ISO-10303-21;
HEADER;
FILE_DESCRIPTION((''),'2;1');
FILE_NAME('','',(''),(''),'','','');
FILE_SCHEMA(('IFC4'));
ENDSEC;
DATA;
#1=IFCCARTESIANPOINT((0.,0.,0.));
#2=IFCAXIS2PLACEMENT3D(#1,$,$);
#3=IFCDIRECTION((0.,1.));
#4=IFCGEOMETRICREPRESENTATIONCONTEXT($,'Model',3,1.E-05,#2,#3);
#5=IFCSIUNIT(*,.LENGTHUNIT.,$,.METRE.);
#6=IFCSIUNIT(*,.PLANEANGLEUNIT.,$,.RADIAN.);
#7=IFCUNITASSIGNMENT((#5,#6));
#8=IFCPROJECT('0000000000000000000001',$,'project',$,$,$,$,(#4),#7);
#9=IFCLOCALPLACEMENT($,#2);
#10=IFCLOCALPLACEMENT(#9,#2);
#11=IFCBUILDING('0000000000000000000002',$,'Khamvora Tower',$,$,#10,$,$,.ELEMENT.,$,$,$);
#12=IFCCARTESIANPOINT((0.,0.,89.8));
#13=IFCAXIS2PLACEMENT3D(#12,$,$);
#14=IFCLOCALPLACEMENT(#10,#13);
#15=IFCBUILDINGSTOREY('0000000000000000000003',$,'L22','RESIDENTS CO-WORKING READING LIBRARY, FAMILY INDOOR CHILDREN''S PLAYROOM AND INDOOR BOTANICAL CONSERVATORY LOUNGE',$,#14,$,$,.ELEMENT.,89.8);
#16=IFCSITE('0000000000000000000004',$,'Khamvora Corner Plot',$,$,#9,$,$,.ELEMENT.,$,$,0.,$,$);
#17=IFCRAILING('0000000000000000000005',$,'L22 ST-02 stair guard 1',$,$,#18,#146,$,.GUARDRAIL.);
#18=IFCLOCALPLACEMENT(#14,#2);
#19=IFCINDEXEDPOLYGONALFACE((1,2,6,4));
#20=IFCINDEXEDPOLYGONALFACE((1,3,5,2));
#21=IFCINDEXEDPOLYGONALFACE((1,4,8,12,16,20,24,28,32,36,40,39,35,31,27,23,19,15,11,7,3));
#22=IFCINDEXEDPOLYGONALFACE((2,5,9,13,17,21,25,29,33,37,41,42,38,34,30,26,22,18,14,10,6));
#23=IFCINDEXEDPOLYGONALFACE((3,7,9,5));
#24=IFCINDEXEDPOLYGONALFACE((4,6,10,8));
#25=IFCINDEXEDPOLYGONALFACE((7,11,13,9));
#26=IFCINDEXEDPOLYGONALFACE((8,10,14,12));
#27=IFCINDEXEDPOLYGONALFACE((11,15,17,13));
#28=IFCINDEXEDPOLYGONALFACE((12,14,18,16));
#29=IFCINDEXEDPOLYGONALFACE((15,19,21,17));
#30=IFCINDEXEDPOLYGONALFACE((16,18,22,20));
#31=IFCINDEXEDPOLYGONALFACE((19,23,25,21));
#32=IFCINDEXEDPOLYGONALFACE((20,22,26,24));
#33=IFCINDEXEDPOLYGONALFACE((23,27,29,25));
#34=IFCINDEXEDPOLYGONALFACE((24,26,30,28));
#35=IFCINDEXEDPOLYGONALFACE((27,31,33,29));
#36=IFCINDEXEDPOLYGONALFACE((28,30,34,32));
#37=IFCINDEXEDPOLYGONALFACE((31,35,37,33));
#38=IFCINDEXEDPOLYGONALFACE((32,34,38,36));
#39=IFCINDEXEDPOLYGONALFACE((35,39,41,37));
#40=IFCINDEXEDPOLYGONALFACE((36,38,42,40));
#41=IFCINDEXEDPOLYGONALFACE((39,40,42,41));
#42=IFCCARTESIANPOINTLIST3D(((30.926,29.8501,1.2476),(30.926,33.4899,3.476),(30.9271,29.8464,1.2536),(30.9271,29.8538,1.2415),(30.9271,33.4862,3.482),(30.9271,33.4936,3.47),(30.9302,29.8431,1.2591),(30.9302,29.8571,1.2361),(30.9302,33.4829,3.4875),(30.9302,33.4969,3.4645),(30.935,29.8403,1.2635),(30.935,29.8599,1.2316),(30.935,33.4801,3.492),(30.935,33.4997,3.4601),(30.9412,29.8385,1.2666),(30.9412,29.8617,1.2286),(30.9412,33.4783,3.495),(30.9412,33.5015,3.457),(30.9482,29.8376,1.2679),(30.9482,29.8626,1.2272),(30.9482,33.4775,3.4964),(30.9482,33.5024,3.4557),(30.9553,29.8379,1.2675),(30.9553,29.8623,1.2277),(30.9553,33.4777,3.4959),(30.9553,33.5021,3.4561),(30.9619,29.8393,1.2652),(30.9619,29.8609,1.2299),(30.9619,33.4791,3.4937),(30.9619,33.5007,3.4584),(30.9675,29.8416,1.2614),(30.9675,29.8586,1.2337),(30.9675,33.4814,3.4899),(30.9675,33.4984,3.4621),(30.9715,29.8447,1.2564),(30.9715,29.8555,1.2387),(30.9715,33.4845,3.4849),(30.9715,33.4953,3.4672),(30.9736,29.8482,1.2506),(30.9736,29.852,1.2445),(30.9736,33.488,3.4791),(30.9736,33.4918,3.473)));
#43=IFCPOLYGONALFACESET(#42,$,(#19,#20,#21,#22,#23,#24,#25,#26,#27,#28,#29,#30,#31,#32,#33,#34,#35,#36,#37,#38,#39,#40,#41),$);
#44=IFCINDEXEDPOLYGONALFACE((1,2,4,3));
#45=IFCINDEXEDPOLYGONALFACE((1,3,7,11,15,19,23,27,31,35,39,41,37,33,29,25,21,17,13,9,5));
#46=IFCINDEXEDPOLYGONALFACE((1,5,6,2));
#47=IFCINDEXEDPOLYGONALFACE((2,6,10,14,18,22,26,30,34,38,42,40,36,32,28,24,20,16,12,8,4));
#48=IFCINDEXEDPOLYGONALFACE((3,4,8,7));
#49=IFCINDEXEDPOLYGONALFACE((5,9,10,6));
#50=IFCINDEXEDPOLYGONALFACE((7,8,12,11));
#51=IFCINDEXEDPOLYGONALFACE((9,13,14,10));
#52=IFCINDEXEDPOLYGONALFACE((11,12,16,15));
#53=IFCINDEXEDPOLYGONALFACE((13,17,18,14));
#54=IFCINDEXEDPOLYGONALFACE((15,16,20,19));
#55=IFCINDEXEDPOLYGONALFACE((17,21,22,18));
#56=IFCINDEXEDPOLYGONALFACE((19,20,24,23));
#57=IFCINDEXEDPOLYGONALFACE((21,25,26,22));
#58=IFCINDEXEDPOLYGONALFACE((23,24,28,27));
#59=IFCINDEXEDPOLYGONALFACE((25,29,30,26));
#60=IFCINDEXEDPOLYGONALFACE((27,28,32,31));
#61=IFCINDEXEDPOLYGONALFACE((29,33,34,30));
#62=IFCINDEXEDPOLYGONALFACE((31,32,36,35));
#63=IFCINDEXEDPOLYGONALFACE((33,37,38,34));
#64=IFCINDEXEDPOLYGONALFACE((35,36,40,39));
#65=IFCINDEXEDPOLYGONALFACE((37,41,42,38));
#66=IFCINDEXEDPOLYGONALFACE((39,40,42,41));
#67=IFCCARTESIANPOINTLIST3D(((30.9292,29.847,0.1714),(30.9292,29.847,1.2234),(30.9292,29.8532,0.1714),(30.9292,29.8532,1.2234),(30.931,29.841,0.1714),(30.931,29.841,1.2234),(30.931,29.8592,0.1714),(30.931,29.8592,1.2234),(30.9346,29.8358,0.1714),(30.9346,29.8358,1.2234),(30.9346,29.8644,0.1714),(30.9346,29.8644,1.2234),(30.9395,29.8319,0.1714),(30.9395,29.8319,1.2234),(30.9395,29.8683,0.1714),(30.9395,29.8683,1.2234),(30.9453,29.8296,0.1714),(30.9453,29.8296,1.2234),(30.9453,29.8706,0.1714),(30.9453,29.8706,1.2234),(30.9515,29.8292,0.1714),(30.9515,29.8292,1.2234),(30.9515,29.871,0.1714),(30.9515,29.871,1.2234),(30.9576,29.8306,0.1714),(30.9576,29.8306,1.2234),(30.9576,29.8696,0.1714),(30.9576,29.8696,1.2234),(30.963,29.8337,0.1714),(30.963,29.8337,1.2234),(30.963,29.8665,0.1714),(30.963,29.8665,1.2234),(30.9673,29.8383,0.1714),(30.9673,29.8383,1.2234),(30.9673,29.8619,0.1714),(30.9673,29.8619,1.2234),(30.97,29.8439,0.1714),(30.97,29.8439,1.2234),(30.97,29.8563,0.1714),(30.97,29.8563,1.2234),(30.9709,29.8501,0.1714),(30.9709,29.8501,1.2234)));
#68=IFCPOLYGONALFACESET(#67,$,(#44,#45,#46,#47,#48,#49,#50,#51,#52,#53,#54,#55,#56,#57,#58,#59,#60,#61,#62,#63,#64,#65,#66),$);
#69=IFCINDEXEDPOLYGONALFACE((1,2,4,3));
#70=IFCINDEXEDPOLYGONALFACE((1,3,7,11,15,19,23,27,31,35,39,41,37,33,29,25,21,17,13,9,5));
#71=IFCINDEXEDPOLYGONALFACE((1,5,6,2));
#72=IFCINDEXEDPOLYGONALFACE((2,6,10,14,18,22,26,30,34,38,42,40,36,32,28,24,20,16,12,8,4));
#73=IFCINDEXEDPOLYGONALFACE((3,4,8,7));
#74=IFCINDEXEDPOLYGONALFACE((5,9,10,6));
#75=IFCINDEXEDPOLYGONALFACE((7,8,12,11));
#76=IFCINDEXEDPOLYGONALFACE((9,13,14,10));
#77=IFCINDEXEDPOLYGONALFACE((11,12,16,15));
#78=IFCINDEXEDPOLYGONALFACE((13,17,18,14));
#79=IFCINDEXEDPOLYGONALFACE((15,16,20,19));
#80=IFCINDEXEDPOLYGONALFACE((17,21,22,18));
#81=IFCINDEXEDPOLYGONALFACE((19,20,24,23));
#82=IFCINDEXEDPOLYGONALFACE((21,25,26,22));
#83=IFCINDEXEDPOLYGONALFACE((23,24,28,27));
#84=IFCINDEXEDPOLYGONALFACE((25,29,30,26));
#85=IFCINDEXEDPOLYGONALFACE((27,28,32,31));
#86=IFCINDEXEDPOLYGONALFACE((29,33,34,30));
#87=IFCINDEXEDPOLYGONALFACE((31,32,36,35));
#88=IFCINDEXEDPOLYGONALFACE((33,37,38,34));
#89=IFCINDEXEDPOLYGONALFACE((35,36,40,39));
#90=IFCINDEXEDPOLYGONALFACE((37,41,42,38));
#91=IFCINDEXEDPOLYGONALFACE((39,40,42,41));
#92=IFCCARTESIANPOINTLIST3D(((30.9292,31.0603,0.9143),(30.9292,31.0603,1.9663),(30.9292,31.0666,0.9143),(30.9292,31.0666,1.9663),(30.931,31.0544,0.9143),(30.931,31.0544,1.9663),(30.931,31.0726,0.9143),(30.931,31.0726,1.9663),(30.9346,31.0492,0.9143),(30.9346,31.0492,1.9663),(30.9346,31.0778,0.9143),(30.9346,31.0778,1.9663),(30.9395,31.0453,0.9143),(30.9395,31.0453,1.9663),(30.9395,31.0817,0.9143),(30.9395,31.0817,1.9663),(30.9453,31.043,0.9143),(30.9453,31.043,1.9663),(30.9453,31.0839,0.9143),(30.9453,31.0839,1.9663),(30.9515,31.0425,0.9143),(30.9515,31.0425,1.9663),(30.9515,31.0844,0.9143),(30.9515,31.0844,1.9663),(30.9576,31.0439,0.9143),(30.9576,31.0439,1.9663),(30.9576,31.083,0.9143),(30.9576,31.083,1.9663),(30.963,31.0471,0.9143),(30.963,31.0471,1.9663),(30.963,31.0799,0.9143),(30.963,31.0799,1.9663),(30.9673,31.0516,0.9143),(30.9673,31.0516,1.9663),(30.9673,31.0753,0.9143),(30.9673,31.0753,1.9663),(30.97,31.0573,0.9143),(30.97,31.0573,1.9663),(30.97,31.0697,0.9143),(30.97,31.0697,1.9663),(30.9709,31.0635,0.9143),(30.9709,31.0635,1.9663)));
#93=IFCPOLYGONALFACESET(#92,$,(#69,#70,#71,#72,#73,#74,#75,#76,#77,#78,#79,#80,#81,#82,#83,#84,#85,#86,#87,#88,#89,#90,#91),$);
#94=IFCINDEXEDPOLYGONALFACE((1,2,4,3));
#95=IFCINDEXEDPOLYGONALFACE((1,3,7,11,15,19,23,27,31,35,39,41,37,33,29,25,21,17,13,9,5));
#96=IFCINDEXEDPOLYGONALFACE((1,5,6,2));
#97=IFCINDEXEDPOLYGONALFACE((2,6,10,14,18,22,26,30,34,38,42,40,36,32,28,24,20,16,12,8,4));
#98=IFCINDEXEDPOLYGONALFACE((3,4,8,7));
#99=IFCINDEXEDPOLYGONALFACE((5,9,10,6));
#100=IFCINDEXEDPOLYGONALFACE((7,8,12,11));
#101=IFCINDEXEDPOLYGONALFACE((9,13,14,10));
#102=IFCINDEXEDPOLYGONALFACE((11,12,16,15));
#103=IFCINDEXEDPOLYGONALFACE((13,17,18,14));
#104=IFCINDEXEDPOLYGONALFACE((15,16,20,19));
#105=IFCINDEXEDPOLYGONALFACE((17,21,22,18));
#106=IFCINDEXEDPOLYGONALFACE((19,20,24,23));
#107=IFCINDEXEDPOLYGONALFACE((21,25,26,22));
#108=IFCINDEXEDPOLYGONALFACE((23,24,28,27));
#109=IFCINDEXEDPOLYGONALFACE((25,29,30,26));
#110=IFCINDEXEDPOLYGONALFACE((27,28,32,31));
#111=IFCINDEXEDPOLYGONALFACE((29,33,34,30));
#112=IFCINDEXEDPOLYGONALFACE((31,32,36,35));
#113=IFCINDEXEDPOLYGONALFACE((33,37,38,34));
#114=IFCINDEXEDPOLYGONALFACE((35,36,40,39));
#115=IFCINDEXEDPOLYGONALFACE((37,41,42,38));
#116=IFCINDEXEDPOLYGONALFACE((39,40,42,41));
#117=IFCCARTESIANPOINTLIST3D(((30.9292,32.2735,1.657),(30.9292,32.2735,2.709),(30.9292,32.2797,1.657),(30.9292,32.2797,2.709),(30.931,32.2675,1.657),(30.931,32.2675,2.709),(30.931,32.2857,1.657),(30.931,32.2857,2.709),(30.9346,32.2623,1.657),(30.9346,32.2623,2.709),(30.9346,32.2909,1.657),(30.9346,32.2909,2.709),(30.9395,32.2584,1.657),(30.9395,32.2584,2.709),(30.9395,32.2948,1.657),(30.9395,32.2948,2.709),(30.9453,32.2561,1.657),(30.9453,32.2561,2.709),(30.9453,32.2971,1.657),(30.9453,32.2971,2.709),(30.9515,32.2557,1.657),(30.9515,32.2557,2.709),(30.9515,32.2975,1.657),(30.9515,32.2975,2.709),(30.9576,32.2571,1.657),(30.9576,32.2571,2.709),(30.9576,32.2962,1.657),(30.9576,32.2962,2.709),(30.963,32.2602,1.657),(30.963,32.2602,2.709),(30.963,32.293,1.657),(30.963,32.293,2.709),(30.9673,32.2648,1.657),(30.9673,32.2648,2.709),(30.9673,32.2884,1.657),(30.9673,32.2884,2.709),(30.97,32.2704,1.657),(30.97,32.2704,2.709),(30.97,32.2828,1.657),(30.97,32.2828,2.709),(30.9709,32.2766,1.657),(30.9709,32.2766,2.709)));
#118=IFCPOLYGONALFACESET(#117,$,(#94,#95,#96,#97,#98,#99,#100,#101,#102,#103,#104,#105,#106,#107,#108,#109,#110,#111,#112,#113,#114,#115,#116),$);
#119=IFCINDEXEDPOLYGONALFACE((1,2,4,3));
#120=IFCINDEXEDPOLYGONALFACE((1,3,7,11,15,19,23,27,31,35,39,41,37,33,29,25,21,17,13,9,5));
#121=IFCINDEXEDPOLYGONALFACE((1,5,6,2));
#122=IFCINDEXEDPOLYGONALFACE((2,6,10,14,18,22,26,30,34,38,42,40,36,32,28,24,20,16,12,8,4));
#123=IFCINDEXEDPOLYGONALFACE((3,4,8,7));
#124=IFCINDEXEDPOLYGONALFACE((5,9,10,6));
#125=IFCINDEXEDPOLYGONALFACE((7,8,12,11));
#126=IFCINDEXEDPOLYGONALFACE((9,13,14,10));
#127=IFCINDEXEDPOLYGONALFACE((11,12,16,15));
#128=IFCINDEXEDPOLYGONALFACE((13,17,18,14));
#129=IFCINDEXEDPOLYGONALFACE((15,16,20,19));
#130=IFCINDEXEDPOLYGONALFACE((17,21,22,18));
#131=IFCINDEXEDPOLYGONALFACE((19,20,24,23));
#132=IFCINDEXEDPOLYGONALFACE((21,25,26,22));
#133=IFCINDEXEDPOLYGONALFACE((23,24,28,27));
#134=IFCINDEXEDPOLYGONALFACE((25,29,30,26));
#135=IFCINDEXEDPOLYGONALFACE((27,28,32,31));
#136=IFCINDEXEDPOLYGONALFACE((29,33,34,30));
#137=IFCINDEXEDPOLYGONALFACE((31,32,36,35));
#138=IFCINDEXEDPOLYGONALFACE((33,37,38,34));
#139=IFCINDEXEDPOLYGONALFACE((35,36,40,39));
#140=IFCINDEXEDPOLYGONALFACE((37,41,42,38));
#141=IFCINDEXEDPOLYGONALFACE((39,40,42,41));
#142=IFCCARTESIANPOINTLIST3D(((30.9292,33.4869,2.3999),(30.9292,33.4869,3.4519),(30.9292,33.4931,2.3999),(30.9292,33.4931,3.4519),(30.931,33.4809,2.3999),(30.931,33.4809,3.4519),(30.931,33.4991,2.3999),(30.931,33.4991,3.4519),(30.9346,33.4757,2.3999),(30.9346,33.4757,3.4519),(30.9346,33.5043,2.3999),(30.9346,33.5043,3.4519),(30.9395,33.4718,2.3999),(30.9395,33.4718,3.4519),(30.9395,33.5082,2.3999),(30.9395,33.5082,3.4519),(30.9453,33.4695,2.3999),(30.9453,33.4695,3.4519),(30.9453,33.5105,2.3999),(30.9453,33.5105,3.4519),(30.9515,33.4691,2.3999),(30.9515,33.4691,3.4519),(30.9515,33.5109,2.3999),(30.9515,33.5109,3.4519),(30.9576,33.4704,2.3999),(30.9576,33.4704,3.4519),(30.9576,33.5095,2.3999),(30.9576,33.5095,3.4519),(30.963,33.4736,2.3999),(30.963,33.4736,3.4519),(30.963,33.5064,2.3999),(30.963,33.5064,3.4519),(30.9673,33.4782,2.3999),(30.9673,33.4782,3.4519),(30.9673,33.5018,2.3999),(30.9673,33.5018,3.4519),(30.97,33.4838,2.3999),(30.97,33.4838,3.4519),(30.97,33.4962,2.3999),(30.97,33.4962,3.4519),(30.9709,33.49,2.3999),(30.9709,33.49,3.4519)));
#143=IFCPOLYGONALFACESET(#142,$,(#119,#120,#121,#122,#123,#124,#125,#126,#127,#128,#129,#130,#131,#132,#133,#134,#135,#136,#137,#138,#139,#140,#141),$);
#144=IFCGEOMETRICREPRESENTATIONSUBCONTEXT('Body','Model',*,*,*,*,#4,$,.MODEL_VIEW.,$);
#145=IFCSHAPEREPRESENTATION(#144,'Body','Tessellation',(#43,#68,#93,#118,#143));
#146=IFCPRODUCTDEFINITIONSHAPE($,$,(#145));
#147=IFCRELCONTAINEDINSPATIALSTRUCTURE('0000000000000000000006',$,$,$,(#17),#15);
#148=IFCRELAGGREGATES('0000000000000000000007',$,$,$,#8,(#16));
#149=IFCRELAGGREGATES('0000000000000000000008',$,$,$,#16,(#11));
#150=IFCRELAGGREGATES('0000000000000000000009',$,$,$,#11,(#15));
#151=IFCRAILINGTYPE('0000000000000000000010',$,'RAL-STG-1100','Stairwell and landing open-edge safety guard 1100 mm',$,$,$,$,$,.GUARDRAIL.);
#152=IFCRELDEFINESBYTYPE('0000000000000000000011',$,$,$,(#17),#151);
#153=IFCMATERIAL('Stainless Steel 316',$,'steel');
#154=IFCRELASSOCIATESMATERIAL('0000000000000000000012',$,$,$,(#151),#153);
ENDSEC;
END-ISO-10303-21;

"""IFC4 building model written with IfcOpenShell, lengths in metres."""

from ifc_helpers import new_model, si_unit, direction, frame, origin, origin_2d, place, context, subcontext, project, spatial, circle, extrude, material, type_object, element, save


model = new_model("IFC4")

# Units and contexts
model_context = context("Model", 3, precision=1e-05, world=origin(), true_north=direction((0.0, 1.0)))
body_context = subcontext(model_context, "Body", "Model", "MODEL_VIEW")
ifc_project = project(units=[si_unit("LENGTHUNIT", "METRE"), si_unit("PLANEANGLEUNIT", "RADIAN")], contexts=[model_context])

# Site, building, storey
site_placement = place(None, origin())
site = spatial("IfcSite", under=ifc_project, at=site_placement, Name="Khamvora Corner Plot", CompositionType="ELEMENT", RefElevation=0.0)
building_placement = place(site_placement, origin())
building = spatial("IfcBuilding", under=site, at=building_placement, Name="Khamvora Tower", CompositionType="ELEMENT")
storey_placement = place(building_placement, frame((0.0, 0.0, 89.8)))
storey = spatial("IfcBuildingStorey", under=building, at=storey_placement, Name="L22", Description="RESIDENTS CO-WORKING READING LIBRARY, FAMILY INDOOR CHILDREN'S PLAYROOM AND INDOOR BOTANICAL CONSERVATORY LOUNGE", CompositionType="ELEMENT", Elevation=89.8)

# Railing
ifc_material_1 = material(Name="Stainless Steel 316", Category="steel")
railing_type_1 = type_object("IfcRailingType", Name="RAL-STG-1100", Description="Stairwell and landing open-edge safety guard 1100 mm", PredefinedType="GUARDRAIL", material=ifc_material_1)
railing_1_placement = place(storey_placement, frame((30.95, 29.8501, 0.1714)))
element("IfcRailing", 1, at=railing_1_placement, inside=storey, type_object=railing_type_1, Name="L22 ST-02 stair guard 1", PredefinedType="GUARDRAIL", context=body_context, shape_type="SweptSolid", body=[
    extrude(circle(Radius=0.0239, at=origin_2d()), frame((0.0, 0.0, 1.0762), z_axis=(0.0, 0.85285, 0.522156), x_axis=(-1.0, 0.0, 0.0)), (0.0, 0.0, 1.0), 4.2678),
    extrude(circle(Radius=0.021, at=origin_2d()), origin(), (0.0, 0.0, 1.0), 1.052),
    extrude(circle(Radius=0.021, at=origin_2d()), frame((0.0, 1.2134, 0.7429)), (0.0, 0.0, 1.0), 1.052),
    extrude(circle(Radius=0.021, at=origin_2d()), frame((0.0, 2.4265, 1.4856)), (0.0, 0.0, 1.0), 1.052),
    extrude(circle(Radius=0.021, at=origin_2d()), frame((0.0, 3.6399, 2.2285)), (0.0, 0.0, 1.0), 1.052),
])

save(model, "model.ifc")
